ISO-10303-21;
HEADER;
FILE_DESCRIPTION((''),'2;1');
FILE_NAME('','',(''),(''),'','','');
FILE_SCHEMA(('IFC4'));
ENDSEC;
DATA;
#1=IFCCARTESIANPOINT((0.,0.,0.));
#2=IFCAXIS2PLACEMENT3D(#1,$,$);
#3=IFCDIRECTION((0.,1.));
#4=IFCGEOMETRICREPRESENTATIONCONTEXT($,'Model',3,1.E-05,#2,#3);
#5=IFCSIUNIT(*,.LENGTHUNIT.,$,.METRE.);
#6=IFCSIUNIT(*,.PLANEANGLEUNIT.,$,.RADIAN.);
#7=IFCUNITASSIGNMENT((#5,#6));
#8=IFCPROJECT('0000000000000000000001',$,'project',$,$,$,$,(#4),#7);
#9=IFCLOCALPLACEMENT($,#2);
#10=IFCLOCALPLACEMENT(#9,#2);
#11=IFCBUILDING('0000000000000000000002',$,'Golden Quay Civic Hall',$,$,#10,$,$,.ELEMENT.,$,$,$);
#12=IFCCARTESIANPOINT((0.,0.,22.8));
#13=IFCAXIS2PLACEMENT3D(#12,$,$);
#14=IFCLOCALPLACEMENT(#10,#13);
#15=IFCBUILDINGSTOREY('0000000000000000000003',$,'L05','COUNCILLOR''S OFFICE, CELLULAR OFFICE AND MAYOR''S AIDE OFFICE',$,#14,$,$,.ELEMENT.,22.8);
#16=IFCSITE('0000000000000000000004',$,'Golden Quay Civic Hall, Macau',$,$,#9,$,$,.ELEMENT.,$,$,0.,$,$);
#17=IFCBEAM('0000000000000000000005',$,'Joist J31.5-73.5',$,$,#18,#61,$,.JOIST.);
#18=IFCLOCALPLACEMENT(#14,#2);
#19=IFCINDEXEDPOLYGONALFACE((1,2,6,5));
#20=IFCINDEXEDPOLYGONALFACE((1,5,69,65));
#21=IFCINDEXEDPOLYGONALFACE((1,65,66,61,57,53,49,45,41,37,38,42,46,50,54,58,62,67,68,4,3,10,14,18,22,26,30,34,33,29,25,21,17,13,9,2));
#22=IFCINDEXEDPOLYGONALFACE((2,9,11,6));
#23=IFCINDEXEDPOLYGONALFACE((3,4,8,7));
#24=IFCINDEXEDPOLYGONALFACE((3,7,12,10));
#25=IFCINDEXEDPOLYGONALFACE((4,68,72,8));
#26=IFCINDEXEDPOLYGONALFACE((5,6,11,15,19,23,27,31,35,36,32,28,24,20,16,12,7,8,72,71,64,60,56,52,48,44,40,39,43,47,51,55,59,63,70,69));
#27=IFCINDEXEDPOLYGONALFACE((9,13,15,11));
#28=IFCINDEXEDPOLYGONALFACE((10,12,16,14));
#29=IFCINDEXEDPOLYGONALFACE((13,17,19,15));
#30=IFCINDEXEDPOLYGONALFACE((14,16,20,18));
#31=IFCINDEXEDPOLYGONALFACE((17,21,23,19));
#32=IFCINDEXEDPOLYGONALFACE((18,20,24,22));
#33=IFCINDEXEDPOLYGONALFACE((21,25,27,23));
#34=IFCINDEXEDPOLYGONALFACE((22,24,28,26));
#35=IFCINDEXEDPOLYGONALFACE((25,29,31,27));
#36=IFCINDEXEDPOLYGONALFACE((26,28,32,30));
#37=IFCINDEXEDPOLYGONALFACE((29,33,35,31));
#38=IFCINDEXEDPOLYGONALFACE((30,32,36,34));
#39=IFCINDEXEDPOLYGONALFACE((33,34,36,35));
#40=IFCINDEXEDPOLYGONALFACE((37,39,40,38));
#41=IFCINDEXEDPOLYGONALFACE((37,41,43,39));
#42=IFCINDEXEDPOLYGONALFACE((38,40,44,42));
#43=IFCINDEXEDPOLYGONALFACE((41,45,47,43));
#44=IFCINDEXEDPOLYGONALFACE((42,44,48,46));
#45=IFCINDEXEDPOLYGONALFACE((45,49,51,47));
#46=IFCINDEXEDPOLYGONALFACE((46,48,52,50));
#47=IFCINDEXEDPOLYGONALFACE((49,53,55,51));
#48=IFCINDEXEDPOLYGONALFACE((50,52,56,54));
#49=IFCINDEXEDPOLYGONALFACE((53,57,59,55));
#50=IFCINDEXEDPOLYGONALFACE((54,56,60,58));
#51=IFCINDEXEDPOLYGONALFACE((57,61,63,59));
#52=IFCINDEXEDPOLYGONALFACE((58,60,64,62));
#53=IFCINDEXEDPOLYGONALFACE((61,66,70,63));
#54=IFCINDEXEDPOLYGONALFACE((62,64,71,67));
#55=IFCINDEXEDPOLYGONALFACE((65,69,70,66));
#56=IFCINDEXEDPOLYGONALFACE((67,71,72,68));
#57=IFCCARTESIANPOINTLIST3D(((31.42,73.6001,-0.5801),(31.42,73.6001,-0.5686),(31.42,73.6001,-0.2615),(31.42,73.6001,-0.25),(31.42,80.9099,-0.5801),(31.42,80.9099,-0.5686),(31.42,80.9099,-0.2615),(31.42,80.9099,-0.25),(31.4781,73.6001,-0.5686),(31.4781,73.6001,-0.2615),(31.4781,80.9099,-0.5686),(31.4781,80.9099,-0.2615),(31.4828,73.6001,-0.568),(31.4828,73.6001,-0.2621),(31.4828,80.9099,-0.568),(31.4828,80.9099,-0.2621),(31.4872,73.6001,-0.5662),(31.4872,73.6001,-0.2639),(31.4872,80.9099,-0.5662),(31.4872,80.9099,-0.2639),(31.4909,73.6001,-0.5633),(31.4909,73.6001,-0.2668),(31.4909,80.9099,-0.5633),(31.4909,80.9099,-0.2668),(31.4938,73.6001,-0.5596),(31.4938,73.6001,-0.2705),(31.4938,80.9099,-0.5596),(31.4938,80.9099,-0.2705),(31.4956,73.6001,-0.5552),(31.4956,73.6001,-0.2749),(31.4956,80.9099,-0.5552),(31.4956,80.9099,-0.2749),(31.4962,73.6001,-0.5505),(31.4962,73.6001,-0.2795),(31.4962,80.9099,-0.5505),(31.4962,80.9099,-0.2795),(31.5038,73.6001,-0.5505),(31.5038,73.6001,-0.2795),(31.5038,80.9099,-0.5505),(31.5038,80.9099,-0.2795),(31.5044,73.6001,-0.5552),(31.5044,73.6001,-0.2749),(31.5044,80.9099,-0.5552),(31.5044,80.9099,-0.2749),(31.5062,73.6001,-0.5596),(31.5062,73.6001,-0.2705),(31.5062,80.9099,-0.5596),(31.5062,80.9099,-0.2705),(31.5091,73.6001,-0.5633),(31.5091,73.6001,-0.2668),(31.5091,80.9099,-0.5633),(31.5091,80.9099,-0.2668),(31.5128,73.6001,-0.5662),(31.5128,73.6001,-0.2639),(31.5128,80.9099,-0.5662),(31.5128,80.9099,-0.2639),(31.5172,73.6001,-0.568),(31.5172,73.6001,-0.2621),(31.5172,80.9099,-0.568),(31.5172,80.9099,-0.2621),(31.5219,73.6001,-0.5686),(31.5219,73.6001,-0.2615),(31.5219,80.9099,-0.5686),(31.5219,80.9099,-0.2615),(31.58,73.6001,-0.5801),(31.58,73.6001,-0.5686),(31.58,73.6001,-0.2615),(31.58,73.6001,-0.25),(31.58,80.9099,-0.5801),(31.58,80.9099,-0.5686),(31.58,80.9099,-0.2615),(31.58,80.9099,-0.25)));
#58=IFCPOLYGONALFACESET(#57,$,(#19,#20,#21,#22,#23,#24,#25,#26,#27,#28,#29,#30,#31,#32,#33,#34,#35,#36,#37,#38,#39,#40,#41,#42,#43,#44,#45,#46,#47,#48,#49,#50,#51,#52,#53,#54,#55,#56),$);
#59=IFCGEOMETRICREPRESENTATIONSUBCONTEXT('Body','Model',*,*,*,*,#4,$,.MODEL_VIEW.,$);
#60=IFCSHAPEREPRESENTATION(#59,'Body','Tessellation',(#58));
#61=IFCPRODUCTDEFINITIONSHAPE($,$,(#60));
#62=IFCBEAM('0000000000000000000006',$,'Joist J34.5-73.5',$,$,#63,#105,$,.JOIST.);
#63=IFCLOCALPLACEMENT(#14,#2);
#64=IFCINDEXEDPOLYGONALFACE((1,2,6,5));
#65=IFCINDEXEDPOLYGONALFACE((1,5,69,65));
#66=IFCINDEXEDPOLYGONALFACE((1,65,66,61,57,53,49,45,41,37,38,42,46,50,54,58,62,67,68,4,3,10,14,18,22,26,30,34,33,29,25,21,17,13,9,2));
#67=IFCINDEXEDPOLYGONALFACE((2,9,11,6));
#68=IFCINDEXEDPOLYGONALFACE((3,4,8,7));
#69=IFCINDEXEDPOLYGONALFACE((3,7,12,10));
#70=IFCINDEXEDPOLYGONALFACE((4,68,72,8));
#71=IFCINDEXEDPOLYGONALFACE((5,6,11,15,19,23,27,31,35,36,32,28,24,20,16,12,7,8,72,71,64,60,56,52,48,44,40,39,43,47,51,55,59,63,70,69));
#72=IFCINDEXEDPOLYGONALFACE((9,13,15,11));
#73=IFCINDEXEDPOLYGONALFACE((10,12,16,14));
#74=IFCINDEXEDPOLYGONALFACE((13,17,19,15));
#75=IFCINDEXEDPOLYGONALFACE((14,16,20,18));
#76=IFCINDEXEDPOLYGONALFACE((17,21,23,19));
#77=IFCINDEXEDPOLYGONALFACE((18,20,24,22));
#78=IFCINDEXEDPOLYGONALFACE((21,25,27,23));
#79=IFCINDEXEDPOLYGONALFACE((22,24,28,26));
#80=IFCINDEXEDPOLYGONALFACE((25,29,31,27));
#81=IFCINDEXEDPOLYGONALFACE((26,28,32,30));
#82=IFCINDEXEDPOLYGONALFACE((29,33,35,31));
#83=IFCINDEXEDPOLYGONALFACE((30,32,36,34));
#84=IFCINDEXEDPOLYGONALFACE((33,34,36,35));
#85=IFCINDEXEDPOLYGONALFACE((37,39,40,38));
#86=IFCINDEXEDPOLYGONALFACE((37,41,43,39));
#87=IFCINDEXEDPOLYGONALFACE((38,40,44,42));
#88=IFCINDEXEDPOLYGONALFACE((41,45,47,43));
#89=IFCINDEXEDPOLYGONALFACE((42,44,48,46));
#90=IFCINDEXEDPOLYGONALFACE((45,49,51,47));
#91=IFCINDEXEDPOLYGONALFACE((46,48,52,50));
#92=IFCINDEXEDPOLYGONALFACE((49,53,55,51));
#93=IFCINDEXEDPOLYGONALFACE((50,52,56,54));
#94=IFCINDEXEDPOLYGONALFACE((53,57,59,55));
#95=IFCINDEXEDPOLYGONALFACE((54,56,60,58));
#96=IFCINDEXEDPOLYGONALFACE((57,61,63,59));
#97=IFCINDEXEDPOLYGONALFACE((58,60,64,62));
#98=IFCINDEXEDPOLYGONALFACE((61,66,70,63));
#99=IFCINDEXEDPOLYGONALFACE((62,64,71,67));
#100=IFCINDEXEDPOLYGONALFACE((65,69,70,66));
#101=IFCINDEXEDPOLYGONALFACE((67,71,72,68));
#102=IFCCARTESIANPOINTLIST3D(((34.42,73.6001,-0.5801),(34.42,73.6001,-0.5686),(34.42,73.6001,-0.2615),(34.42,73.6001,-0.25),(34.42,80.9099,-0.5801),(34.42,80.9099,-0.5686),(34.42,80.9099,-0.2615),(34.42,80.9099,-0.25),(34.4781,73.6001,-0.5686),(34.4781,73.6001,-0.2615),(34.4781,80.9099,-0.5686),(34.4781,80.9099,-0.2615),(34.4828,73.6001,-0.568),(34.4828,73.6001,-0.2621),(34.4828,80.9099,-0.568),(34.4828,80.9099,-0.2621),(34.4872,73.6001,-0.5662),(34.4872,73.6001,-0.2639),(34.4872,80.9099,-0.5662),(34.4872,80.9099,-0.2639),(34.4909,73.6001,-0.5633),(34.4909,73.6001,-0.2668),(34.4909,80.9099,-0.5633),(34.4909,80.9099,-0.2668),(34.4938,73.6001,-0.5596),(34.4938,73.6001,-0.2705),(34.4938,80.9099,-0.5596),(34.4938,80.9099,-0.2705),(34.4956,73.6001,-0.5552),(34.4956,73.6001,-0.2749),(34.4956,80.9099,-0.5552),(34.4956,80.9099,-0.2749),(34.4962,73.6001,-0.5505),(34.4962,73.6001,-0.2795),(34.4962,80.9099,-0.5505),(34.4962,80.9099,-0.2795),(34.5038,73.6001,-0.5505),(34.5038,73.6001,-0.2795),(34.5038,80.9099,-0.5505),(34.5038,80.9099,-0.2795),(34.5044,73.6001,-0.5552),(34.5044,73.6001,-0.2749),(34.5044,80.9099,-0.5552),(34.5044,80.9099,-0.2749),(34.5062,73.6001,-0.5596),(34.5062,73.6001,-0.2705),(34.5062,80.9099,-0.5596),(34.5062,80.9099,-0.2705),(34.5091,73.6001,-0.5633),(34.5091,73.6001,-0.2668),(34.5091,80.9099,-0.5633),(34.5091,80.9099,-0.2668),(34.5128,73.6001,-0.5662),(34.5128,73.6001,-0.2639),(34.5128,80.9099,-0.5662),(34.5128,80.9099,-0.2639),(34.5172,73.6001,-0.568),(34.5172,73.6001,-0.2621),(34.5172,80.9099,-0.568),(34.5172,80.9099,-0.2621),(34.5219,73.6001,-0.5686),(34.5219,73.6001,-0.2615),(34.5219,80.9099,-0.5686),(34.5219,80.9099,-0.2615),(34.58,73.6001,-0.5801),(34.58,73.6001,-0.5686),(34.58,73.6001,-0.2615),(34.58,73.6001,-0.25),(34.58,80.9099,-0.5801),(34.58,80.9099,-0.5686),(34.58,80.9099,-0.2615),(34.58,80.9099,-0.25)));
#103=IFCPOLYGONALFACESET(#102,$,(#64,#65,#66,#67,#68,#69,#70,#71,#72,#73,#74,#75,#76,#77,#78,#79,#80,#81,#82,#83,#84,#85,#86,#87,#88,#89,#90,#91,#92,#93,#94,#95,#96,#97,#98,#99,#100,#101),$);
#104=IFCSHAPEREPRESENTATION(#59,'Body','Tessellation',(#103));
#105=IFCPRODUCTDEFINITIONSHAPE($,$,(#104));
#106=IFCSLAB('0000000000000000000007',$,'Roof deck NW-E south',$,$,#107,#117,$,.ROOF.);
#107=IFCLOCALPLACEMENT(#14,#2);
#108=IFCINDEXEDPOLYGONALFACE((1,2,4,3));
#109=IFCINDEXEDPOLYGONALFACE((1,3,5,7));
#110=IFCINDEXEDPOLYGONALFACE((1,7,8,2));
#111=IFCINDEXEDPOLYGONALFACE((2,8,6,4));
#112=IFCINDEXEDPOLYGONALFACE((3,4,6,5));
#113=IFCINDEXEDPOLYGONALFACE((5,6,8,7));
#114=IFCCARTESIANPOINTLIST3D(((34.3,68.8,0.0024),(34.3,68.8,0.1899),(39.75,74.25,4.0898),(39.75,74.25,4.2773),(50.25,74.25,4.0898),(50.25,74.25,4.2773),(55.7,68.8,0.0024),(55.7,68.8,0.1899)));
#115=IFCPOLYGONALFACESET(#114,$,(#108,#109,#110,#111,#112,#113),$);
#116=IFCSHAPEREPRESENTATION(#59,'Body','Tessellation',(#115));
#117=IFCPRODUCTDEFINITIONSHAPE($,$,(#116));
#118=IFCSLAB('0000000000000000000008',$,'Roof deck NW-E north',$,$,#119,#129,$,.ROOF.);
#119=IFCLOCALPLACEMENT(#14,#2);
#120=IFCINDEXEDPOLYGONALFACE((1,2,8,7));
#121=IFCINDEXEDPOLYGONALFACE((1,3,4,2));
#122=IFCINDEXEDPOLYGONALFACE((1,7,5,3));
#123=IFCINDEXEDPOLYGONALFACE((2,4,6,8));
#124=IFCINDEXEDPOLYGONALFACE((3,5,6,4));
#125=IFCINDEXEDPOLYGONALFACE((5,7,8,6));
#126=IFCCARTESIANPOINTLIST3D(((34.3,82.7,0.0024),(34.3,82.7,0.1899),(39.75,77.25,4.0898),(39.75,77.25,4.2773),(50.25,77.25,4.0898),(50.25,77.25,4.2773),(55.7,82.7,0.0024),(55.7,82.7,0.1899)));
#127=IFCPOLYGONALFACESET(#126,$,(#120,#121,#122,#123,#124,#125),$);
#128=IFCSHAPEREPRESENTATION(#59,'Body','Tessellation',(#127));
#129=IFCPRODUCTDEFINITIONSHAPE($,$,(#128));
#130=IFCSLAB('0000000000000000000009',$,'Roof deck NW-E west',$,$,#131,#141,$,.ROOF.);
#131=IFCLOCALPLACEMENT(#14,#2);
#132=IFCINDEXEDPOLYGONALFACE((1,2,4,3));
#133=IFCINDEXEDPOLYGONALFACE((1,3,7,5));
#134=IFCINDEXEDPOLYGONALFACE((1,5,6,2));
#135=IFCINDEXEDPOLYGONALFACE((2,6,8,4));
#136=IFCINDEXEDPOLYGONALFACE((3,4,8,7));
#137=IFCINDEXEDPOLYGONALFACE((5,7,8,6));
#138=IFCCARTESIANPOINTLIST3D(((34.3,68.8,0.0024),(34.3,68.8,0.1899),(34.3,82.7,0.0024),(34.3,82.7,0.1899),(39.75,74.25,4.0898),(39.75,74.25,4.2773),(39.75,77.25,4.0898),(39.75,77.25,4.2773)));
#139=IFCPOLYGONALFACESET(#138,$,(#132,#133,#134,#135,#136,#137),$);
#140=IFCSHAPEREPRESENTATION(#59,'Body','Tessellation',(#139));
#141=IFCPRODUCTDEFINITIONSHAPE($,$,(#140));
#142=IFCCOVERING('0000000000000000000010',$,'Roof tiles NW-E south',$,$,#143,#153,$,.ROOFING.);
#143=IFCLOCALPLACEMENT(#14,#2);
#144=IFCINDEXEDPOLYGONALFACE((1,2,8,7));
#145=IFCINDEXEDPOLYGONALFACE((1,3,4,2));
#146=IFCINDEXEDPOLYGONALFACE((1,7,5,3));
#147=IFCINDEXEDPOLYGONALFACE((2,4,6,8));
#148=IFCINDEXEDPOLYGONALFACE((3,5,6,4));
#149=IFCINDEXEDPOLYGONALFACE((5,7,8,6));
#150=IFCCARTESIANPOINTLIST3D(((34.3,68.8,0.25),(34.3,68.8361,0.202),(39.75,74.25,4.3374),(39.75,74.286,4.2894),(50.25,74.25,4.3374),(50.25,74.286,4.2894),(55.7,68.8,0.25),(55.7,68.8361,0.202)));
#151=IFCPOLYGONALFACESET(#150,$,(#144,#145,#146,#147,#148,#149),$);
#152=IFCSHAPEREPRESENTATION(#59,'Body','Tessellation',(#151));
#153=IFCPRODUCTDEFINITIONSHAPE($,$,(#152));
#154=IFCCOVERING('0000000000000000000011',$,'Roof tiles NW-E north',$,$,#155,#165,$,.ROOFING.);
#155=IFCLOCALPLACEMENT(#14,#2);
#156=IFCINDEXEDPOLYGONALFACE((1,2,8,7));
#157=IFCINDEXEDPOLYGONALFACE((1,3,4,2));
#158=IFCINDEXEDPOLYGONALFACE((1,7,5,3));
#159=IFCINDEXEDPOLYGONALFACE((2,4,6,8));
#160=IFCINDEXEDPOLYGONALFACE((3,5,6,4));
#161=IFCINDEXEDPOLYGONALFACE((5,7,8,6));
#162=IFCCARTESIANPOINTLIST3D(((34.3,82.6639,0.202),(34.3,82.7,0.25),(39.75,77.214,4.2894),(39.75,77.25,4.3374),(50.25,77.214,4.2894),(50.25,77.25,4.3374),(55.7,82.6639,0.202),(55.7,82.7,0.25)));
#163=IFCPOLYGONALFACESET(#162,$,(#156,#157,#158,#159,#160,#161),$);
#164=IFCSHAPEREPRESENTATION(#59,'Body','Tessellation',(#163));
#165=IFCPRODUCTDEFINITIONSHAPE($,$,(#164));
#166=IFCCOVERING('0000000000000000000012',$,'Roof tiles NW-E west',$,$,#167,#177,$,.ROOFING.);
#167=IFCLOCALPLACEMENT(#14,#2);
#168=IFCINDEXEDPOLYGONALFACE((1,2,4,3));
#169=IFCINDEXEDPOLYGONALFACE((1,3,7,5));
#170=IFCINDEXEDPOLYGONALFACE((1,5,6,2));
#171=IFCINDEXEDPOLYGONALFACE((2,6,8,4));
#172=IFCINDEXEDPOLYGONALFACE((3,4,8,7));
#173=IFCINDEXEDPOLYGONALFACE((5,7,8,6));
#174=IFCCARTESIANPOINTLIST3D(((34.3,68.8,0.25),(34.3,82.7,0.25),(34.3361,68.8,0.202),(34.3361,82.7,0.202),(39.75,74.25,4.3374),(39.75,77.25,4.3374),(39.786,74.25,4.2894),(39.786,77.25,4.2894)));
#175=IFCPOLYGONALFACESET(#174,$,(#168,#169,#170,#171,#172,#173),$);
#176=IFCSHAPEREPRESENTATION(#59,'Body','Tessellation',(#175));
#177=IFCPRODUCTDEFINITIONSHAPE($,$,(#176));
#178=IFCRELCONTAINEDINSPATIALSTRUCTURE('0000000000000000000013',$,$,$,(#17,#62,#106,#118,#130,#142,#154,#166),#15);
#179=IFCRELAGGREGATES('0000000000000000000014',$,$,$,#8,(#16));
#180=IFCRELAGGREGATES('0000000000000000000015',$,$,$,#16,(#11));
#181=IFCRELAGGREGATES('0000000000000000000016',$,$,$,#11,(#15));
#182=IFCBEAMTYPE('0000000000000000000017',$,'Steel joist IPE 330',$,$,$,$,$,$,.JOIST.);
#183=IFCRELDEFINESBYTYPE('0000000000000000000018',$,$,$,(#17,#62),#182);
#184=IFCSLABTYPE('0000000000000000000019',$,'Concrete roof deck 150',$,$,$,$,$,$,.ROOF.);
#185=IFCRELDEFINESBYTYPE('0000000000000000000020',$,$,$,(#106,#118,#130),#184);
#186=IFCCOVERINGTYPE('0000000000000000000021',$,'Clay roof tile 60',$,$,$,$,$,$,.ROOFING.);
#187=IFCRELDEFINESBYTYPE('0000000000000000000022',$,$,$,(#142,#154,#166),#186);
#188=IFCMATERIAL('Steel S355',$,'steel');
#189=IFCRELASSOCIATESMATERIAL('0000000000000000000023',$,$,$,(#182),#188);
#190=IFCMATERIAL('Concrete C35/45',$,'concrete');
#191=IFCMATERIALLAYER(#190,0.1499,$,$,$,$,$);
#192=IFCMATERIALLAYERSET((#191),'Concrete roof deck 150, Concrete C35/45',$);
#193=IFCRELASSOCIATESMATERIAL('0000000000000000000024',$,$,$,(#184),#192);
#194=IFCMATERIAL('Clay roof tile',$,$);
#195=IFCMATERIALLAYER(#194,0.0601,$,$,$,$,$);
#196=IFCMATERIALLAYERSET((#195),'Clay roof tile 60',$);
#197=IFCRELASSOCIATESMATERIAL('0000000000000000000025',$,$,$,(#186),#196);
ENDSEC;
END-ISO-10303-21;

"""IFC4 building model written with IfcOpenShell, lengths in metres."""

from ifc_helpers import new_model, si_unit, direction, frame, origin, origin_2d, place, context, subcontext, project, spatial, polyline, i_section, outline, extrude, material, layer, layer_set, material_profile, profile_set, type_object, element, save


model = new_model("IFC4")

# Units and contexts
model_context = context("Model", 3, precision=1e-05, world=origin(), true_north=direction((0.0, 1.0)))
body_context = subcontext(model_context, "Body", "Model", "MODEL_VIEW")
ifc_project = project(units=[si_unit("LENGTHUNIT", "METRE"), si_unit("PLANEANGLEUNIT", "RADIAN")], contexts=[model_context])

# Site, building, storey
site_placement = place(None, origin())
site = spatial("IfcSite", under=ifc_project, at=site_placement, Name="Golden Quay Civic Hall, Macau", CompositionType="ELEMENT", RefElevation=0.0)
building_placement = place(site_placement, origin())
building = spatial("IfcBuilding", under=site, at=building_placement, Name="Golden Quay Civic Hall", CompositionType="ELEMENT")
storey_placement = place(building_placement, frame((0.0, 0.0, 22.8)))
storey = spatial("IfcBuildingStorey", under=building, at=storey_placement, Name="L05", Description="COUNCILLOR'S OFFICE, CELLULAR OFFICE AND MAYOR'S AIDE OFFICE", CompositionType="ELEMENT", Elevation=22.8)

# Beams
ifc_material_1 = material(Name="Steel S355", Category="steel")
ifc_material_profile_1 = material_profile(ifc_material_1, i_section(OverallWidth=0.1599, OverallDepth=0.3301, WebThickness=0.0076, FlangeThickness=0.0115, FilletRadius=0.0181, at=origin_2d()), Name="IPE 330")
ifc_profile_set_1 = profile_set([ifc_material_profile_1], Name="Steel S355")
beam_type_1 = type_object("IfcBeamType", Name="Steel joist IPE 330", PredefinedType="JOIST", material=ifc_profile_set_1)
for number, where, z_axis, x_axis, name in (
    (1, (31.5, 73.6001, -0.415), (0.0, 1.0, 0.0), (-1.0, 0.0, 0.0), "Joist J31.5-73.5"),
    (2, (34.5, 73.6001, -0.415), (0.0, 1.0, 0.0), (-1.0, 0.0, 0.0), "Joist J34.5-73.5"),
):
    element("IfcBeam", number, at=place(storey_placement, frame(where, z_axis=z_axis, x_axis=x_axis)), inside=storey, type_object=beam_type_1, Name=name, PredefinedType="JOIST", context=body_context, shape_type="SweptSolid", body=[
        extrude(i_section(OverallWidth=0.1599, OverallDepth=0.3301, WebThickness=0.0076, FlangeThickness=0.0115, FilletRadius=0.0181, at=origin_2d()), origin(), (0.0, 0.0, 1.0), 7.3098),
    ])

# Slabs
ifc_material_2 = material(Name="Concrete C35/45", Category="concrete")
ifc_layer_1 = layer(ifc_material_2, 0.1499)
ifc_layer_set_1 = layer_set([ifc_layer_1], Name="Concrete roof deck 150, Concrete C35/45")
slab_type = type_object("IfcSlabType", Name="Concrete roof deck 150", PredefinedType="ROOF", material=ifc_layer_set_1)
slab_1_placement = place(storey_placement, frame((34.3, 68.8, 0.1899), z_axis=(0.0, -0.599994, 0.800004), x_axis=(1.0, 0.0, 0.0)))
element("IfcSlab", 3, at=slab_1_placement, inside=storey, type_object=slab_type, Name="Roof deck NW-E south", PredefinedType="ROOF", context=body_context, shape_type="SweptSolid", body=[
    extrude(outline(polyline([(0.0, 0.0), (21.3999, 0.0), (15.95, 6.8124), (5.45, 6.8124), (0.0, 0.0)])), origin(), (0.0, -0.599994, -0.800004), 0.1875),
])
slab_2_placement = place(storey_placement, frame((34.3, 82.7, 0.1899), z_axis=(0.0, 0.599994, 0.800004), x_axis=(1.0, 0.0, 0.0)))
element("IfcSlab", 4, at=slab_2_placement, inside=storey, type_object=slab_type, Name="Roof deck NW-E north", PredefinedType="ROOF", context=body_context, shape_type="SweptSolid", body=[
    extrude(outline(polyline([(0.0, 0.0), (21.3999, 0.0), (15.95, -6.8124), (5.45, -6.8124), (0.0, 0.0)])), origin(), (0.0, 0.599994, -0.800004), 0.1875),
])
slab_3_placement = place(storey_placement, frame((34.3, 68.8, 0.1899), z_axis=(-0.599994, 0.0, 0.800004), x_axis=(0.0, 1.0, 0.0)))
element("IfcSlab", 5, at=slab_3_placement, inside=storey, type_object=slab_type, Name="Roof deck NW-E west", PredefinedType="ROOF", context=body_context, shape_type="SweptSolid", body=[
    extrude(outline(polyline([(0.0, 0.0), (13.8999, 0.0), (8.45, -6.8124), (5.45, -6.8124), (0.0, 0.0)])), origin(), (0.0, 0.599994, -0.800004), 0.1875),
])

# Coverings
ifc_material_3 = material(Name="Clay roof tile")
ifc_layer_2 = layer(ifc_material_3, 0.0601)
ifc_layer_set_2 = layer_set([ifc_layer_2], Name="Clay roof tile 60")
covering_type = type_object("IfcCoveringType", Name="Clay roof tile 60", PredefinedType="ROOFING", material=ifc_layer_set_2)
covering_1_placement = place(storey_placement, frame((34.3, 68.8, 0.25), z_axis=(0.0, -0.599994, 0.800004), x_axis=(1.0, 0.0, 0.0)))
element("IfcCovering", 6, at=covering_1_placement, inside=storey, type_object=covering_type, Name="Roof tiles NW-E south", PredefinedType="ROOFING", context=body_context, shape_type="SweptSolid", body=[
    extrude(outline(polyline([(0.0, 0.0), (21.3999, 0.0), (15.95, 6.8124), (5.45, 6.8124), (0.0, 0.0)])), origin(), (0.0, 0.0, -1.0), 0.0601),
])
covering_2_placement = place(storey_placement, frame((34.3, 82.7, 0.25), z_axis=(0.0, 0.599994, 0.800004), x_axis=(1.0, 0.0, 0.0)))
element("IfcCovering", 7, at=covering_2_placement, inside=storey, type_object=covering_type, Name="Roof tiles NW-E north", PredefinedType="ROOFING", context=body_context, shape_type="SweptSolid", body=[
    extrude(outline(polyline([(0.0, 0.0), (21.3999, 0.0), (15.95, -6.8124), (5.45, -6.8124), (0.0, 0.0)])), origin(), (0.0, 0.0, -1.0), 0.0601),
])
covering_3_placement = place(storey_placement, frame((34.3, 68.8, 0.25), z_axis=(-0.599994, 0.0, 0.800004), x_axis=(0.0, 1.0, 0.0)))
element("IfcCovering", 8, at=covering_3_placement, inside=storey, type_object=covering_type, Name="Roof tiles NW-E west", PredefinedType="ROOFING", context=body_context, shape_type="SweptSolid", body=[
    extrude(outline(polyline([(0.0, 0.0), (13.8999, 0.0), (8.45, -6.8124), (5.45, -6.8124), (0.0, 0.0)])), origin(), (0.0, 0.0, -1.0), 0.0601),
])

save(model, "model.ifc")
